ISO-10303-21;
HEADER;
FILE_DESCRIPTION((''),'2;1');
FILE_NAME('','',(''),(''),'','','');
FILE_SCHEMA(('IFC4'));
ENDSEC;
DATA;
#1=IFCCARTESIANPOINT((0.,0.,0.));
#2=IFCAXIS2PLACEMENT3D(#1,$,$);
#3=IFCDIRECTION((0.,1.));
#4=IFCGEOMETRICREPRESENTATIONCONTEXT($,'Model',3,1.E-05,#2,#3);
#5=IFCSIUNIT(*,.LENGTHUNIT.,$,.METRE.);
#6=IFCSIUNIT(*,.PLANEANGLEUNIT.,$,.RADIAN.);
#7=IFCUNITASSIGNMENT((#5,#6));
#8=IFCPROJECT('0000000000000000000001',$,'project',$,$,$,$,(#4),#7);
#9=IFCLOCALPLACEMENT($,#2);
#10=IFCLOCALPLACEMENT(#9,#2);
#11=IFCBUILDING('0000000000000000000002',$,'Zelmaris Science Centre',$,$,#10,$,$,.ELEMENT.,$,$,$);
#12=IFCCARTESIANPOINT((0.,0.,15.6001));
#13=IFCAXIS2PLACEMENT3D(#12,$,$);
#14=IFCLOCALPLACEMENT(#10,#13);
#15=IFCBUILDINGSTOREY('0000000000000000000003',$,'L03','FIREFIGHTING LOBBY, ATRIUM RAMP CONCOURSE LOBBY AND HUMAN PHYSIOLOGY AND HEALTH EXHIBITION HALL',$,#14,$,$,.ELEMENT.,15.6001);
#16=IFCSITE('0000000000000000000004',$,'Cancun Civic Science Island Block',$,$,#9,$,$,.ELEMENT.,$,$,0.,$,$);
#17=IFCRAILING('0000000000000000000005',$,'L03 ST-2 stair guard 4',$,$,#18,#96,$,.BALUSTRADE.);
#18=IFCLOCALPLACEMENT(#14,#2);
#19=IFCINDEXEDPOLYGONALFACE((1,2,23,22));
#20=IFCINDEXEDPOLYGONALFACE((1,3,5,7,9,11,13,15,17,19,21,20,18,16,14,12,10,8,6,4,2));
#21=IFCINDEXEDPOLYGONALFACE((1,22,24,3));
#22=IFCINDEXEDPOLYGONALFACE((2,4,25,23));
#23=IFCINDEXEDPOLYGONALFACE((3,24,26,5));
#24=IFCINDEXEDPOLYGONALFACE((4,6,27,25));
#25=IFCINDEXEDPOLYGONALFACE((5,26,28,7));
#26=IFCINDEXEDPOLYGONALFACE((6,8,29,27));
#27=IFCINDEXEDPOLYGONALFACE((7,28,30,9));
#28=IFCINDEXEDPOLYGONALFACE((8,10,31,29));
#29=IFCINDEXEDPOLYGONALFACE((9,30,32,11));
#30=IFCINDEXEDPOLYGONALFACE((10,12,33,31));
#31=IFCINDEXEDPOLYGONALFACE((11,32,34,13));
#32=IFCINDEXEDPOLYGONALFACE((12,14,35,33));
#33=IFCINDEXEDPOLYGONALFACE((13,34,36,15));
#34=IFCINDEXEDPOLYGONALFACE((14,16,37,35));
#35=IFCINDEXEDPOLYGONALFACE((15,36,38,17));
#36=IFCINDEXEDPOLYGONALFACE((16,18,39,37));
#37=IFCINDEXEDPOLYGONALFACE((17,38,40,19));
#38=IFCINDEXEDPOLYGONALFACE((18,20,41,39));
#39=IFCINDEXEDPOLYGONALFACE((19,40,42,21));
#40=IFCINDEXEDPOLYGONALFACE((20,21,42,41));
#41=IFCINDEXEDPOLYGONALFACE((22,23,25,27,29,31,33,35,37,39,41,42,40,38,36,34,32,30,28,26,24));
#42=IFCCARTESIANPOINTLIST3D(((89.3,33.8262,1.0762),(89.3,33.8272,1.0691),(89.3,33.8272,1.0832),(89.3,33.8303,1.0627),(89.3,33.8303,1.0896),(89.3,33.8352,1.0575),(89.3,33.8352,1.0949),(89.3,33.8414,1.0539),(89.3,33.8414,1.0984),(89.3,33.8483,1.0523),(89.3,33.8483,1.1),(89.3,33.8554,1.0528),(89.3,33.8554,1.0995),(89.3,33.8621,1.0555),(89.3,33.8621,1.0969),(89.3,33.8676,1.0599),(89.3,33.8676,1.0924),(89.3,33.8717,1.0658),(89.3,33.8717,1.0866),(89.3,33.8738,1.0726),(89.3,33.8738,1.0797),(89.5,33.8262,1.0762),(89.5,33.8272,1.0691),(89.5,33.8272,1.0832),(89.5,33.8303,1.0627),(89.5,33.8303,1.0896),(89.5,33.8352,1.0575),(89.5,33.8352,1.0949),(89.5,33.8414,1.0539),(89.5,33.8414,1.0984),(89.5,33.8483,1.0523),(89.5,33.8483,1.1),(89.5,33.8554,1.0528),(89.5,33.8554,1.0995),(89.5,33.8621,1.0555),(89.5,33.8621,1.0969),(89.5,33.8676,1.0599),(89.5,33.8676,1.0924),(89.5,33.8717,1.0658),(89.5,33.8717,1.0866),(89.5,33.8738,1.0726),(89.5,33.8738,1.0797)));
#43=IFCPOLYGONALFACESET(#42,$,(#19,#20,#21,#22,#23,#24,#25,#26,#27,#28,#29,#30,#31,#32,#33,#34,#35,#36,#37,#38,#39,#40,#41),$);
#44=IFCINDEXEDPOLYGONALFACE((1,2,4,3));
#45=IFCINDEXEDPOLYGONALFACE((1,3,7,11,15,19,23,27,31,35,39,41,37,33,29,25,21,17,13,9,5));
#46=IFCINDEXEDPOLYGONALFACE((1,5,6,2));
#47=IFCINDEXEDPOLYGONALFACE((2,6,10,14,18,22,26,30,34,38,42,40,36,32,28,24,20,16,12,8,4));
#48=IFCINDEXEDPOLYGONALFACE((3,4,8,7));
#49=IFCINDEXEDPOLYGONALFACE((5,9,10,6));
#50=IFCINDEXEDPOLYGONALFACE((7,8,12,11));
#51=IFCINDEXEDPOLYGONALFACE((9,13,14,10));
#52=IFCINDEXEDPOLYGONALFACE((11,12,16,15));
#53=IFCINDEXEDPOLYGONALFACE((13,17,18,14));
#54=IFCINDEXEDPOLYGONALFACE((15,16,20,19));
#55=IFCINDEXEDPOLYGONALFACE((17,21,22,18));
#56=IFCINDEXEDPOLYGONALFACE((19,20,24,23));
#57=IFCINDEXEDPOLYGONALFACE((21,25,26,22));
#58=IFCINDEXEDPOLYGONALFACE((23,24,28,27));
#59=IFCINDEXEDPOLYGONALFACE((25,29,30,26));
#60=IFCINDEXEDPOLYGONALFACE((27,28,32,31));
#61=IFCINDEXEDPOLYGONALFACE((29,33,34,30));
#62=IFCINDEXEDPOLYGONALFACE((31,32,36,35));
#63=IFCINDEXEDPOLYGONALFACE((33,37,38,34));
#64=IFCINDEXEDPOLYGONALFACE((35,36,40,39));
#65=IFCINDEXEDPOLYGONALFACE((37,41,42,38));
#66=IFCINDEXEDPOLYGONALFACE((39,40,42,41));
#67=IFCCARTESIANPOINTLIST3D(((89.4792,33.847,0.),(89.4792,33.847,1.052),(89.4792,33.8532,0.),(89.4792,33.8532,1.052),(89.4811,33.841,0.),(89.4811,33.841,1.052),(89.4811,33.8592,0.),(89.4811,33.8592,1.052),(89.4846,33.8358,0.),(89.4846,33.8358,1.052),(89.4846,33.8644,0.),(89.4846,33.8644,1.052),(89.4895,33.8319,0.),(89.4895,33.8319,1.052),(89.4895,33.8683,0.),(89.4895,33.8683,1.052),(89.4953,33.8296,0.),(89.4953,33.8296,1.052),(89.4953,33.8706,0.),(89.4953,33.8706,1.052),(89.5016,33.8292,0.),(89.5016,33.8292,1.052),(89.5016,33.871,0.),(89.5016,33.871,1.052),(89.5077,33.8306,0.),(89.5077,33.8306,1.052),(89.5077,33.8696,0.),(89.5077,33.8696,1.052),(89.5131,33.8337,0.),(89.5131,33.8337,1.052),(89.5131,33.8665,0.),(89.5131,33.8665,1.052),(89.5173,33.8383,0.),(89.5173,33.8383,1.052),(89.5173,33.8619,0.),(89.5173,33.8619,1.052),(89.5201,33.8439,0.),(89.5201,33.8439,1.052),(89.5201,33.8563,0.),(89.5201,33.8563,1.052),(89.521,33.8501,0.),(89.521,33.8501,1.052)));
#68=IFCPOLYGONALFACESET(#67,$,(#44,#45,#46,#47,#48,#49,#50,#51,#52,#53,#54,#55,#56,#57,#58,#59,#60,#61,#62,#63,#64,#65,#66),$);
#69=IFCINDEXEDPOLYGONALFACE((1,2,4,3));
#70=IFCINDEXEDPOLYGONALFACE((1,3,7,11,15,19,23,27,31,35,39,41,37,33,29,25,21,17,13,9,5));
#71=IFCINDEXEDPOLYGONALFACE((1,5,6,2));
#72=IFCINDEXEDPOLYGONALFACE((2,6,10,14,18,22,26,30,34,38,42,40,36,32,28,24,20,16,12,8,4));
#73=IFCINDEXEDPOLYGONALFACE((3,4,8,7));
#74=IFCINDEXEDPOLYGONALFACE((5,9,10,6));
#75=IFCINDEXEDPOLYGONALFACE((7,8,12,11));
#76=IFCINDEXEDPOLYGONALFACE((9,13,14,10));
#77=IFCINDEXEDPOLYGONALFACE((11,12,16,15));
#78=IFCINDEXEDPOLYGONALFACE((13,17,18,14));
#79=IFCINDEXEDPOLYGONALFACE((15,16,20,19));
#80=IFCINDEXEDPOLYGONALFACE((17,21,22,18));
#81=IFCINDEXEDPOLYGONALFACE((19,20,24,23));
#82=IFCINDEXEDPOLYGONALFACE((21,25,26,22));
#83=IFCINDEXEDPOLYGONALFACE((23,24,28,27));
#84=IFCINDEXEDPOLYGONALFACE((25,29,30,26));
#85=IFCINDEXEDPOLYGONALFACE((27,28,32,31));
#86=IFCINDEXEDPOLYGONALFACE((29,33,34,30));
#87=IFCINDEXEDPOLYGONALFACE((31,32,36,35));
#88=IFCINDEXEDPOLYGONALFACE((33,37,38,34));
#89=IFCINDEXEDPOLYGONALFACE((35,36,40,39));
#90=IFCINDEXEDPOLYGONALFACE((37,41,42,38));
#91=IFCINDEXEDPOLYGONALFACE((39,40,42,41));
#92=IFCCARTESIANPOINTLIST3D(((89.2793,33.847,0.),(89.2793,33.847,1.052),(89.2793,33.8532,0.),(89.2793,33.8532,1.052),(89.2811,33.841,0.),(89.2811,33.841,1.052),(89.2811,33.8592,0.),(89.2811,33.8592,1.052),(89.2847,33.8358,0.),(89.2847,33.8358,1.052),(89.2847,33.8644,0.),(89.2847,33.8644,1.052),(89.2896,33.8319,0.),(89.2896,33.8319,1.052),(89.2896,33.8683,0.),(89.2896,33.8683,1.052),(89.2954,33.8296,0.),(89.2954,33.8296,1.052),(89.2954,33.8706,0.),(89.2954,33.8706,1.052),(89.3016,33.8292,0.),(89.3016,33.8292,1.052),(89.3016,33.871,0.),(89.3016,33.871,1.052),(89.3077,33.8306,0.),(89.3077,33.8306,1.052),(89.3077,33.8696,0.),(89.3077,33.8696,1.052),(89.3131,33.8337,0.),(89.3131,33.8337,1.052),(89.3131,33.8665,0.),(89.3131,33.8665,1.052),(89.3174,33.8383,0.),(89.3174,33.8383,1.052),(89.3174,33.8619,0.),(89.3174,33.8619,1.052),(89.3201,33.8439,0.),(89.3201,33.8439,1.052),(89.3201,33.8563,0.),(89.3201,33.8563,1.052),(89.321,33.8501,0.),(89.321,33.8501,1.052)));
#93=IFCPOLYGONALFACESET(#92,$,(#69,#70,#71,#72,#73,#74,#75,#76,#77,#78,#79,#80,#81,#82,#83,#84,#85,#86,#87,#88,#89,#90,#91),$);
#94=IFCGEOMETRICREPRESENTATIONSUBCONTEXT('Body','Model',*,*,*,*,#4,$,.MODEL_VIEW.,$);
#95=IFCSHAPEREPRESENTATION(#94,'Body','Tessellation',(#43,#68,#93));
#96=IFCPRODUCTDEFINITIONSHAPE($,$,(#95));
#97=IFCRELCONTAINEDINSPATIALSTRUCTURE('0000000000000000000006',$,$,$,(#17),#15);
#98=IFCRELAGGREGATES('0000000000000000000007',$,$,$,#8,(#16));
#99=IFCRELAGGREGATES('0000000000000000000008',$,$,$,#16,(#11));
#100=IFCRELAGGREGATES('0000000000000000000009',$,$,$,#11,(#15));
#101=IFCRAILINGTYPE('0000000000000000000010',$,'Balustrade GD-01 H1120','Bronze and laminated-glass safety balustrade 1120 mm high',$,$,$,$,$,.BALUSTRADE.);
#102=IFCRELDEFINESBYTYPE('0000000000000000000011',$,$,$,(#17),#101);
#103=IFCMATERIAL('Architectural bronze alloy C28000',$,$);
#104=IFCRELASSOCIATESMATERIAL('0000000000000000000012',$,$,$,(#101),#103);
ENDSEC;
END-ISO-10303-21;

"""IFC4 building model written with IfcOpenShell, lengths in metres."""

from ifc_helpers import new_model, si_unit, direction, frame, origin, origin_2d, place, context, subcontext, project, spatial, circle, extrude, material, type_object, element, save


model = new_model("IFC4")

# Units and contexts
model_context = context("Model", 3, precision=1e-05, world=origin(), true_north=direction((0.0, 1.0)))
body_context = subcontext(model_context, "Body", "Model", "MODEL_VIEW")
ifc_project = project(units=[si_unit("LENGTHUNIT", "METRE"), si_unit("PLANEANGLEUNIT", "RADIAN")], contexts=[model_context])

# Site, building, storey
site_placement = place(None, origin())
site = spatial("IfcSite", under=ifc_project, at=site_placement, Name="Cancun Civic Science Island Block", CompositionType="ELEMENT", RefElevation=0.0)
building_placement = place(site_placement, origin())
building = spatial("IfcBuilding", under=site, at=building_placement, Name="Zelmaris Science Centre", CompositionType="ELEMENT")
storey_placement = place(building_placement, frame((0.0, 0.0, 15.6001)))
storey = spatial("IfcBuildingStorey", under=building, at=storey_placement, Name="L03", Description="FIREFIGHTING LOBBY, ATRIUM RAMP CONCOURSE LOBBY AND HUMAN PHYSIOLOGY AND HEALTH EXHIBITION HALL", CompositionType="ELEMENT", Elevation=15.6001)

# Railing
ifc_material_1 = material(Name="Architectural bronze alloy C28000")
railing_type_1 = type_object("IfcRailingType", Name="Balustrade GD-01 H1120", Description="Bronze and laminated-glass safety balustrade 1120 mm high", PredefinedType="BALUSTRADE", material=ifc_material_1)
railing_1_placement = place(storey_placement, frame((89.5, 33.8501, 0.0)))
element("IfcRailing", 1, at=railing_1_placement, inside=storey, type_object=railing_type_1, Name="L03 ST-2 stair guard 4", PredefinedType="BALUSTRADE", context=body_context, shape_type="SweptSolid", body=[
    extrude(circle(Radius=0.0239, at=origin_2d()), frame((0.0, 0.0, 1.0762), z_axis=(-1.0, 0.0, 0.0), x_axis=(0.0, -1.0, 0.0)), (0.0, 0.0, 1.0), 0.2),
    extrude(circle(Radius=0.021, at=origin_2d()), origin(), (0.0, 0.0, 1.0), 1.052),
    extrude(circle(Radius=0.021, at=origin_2d()), frame((-0.2, 0.0, 0.0)), (0.0, 0.0, 1.0), 1.052),
])

save(model, "model.ifc")
